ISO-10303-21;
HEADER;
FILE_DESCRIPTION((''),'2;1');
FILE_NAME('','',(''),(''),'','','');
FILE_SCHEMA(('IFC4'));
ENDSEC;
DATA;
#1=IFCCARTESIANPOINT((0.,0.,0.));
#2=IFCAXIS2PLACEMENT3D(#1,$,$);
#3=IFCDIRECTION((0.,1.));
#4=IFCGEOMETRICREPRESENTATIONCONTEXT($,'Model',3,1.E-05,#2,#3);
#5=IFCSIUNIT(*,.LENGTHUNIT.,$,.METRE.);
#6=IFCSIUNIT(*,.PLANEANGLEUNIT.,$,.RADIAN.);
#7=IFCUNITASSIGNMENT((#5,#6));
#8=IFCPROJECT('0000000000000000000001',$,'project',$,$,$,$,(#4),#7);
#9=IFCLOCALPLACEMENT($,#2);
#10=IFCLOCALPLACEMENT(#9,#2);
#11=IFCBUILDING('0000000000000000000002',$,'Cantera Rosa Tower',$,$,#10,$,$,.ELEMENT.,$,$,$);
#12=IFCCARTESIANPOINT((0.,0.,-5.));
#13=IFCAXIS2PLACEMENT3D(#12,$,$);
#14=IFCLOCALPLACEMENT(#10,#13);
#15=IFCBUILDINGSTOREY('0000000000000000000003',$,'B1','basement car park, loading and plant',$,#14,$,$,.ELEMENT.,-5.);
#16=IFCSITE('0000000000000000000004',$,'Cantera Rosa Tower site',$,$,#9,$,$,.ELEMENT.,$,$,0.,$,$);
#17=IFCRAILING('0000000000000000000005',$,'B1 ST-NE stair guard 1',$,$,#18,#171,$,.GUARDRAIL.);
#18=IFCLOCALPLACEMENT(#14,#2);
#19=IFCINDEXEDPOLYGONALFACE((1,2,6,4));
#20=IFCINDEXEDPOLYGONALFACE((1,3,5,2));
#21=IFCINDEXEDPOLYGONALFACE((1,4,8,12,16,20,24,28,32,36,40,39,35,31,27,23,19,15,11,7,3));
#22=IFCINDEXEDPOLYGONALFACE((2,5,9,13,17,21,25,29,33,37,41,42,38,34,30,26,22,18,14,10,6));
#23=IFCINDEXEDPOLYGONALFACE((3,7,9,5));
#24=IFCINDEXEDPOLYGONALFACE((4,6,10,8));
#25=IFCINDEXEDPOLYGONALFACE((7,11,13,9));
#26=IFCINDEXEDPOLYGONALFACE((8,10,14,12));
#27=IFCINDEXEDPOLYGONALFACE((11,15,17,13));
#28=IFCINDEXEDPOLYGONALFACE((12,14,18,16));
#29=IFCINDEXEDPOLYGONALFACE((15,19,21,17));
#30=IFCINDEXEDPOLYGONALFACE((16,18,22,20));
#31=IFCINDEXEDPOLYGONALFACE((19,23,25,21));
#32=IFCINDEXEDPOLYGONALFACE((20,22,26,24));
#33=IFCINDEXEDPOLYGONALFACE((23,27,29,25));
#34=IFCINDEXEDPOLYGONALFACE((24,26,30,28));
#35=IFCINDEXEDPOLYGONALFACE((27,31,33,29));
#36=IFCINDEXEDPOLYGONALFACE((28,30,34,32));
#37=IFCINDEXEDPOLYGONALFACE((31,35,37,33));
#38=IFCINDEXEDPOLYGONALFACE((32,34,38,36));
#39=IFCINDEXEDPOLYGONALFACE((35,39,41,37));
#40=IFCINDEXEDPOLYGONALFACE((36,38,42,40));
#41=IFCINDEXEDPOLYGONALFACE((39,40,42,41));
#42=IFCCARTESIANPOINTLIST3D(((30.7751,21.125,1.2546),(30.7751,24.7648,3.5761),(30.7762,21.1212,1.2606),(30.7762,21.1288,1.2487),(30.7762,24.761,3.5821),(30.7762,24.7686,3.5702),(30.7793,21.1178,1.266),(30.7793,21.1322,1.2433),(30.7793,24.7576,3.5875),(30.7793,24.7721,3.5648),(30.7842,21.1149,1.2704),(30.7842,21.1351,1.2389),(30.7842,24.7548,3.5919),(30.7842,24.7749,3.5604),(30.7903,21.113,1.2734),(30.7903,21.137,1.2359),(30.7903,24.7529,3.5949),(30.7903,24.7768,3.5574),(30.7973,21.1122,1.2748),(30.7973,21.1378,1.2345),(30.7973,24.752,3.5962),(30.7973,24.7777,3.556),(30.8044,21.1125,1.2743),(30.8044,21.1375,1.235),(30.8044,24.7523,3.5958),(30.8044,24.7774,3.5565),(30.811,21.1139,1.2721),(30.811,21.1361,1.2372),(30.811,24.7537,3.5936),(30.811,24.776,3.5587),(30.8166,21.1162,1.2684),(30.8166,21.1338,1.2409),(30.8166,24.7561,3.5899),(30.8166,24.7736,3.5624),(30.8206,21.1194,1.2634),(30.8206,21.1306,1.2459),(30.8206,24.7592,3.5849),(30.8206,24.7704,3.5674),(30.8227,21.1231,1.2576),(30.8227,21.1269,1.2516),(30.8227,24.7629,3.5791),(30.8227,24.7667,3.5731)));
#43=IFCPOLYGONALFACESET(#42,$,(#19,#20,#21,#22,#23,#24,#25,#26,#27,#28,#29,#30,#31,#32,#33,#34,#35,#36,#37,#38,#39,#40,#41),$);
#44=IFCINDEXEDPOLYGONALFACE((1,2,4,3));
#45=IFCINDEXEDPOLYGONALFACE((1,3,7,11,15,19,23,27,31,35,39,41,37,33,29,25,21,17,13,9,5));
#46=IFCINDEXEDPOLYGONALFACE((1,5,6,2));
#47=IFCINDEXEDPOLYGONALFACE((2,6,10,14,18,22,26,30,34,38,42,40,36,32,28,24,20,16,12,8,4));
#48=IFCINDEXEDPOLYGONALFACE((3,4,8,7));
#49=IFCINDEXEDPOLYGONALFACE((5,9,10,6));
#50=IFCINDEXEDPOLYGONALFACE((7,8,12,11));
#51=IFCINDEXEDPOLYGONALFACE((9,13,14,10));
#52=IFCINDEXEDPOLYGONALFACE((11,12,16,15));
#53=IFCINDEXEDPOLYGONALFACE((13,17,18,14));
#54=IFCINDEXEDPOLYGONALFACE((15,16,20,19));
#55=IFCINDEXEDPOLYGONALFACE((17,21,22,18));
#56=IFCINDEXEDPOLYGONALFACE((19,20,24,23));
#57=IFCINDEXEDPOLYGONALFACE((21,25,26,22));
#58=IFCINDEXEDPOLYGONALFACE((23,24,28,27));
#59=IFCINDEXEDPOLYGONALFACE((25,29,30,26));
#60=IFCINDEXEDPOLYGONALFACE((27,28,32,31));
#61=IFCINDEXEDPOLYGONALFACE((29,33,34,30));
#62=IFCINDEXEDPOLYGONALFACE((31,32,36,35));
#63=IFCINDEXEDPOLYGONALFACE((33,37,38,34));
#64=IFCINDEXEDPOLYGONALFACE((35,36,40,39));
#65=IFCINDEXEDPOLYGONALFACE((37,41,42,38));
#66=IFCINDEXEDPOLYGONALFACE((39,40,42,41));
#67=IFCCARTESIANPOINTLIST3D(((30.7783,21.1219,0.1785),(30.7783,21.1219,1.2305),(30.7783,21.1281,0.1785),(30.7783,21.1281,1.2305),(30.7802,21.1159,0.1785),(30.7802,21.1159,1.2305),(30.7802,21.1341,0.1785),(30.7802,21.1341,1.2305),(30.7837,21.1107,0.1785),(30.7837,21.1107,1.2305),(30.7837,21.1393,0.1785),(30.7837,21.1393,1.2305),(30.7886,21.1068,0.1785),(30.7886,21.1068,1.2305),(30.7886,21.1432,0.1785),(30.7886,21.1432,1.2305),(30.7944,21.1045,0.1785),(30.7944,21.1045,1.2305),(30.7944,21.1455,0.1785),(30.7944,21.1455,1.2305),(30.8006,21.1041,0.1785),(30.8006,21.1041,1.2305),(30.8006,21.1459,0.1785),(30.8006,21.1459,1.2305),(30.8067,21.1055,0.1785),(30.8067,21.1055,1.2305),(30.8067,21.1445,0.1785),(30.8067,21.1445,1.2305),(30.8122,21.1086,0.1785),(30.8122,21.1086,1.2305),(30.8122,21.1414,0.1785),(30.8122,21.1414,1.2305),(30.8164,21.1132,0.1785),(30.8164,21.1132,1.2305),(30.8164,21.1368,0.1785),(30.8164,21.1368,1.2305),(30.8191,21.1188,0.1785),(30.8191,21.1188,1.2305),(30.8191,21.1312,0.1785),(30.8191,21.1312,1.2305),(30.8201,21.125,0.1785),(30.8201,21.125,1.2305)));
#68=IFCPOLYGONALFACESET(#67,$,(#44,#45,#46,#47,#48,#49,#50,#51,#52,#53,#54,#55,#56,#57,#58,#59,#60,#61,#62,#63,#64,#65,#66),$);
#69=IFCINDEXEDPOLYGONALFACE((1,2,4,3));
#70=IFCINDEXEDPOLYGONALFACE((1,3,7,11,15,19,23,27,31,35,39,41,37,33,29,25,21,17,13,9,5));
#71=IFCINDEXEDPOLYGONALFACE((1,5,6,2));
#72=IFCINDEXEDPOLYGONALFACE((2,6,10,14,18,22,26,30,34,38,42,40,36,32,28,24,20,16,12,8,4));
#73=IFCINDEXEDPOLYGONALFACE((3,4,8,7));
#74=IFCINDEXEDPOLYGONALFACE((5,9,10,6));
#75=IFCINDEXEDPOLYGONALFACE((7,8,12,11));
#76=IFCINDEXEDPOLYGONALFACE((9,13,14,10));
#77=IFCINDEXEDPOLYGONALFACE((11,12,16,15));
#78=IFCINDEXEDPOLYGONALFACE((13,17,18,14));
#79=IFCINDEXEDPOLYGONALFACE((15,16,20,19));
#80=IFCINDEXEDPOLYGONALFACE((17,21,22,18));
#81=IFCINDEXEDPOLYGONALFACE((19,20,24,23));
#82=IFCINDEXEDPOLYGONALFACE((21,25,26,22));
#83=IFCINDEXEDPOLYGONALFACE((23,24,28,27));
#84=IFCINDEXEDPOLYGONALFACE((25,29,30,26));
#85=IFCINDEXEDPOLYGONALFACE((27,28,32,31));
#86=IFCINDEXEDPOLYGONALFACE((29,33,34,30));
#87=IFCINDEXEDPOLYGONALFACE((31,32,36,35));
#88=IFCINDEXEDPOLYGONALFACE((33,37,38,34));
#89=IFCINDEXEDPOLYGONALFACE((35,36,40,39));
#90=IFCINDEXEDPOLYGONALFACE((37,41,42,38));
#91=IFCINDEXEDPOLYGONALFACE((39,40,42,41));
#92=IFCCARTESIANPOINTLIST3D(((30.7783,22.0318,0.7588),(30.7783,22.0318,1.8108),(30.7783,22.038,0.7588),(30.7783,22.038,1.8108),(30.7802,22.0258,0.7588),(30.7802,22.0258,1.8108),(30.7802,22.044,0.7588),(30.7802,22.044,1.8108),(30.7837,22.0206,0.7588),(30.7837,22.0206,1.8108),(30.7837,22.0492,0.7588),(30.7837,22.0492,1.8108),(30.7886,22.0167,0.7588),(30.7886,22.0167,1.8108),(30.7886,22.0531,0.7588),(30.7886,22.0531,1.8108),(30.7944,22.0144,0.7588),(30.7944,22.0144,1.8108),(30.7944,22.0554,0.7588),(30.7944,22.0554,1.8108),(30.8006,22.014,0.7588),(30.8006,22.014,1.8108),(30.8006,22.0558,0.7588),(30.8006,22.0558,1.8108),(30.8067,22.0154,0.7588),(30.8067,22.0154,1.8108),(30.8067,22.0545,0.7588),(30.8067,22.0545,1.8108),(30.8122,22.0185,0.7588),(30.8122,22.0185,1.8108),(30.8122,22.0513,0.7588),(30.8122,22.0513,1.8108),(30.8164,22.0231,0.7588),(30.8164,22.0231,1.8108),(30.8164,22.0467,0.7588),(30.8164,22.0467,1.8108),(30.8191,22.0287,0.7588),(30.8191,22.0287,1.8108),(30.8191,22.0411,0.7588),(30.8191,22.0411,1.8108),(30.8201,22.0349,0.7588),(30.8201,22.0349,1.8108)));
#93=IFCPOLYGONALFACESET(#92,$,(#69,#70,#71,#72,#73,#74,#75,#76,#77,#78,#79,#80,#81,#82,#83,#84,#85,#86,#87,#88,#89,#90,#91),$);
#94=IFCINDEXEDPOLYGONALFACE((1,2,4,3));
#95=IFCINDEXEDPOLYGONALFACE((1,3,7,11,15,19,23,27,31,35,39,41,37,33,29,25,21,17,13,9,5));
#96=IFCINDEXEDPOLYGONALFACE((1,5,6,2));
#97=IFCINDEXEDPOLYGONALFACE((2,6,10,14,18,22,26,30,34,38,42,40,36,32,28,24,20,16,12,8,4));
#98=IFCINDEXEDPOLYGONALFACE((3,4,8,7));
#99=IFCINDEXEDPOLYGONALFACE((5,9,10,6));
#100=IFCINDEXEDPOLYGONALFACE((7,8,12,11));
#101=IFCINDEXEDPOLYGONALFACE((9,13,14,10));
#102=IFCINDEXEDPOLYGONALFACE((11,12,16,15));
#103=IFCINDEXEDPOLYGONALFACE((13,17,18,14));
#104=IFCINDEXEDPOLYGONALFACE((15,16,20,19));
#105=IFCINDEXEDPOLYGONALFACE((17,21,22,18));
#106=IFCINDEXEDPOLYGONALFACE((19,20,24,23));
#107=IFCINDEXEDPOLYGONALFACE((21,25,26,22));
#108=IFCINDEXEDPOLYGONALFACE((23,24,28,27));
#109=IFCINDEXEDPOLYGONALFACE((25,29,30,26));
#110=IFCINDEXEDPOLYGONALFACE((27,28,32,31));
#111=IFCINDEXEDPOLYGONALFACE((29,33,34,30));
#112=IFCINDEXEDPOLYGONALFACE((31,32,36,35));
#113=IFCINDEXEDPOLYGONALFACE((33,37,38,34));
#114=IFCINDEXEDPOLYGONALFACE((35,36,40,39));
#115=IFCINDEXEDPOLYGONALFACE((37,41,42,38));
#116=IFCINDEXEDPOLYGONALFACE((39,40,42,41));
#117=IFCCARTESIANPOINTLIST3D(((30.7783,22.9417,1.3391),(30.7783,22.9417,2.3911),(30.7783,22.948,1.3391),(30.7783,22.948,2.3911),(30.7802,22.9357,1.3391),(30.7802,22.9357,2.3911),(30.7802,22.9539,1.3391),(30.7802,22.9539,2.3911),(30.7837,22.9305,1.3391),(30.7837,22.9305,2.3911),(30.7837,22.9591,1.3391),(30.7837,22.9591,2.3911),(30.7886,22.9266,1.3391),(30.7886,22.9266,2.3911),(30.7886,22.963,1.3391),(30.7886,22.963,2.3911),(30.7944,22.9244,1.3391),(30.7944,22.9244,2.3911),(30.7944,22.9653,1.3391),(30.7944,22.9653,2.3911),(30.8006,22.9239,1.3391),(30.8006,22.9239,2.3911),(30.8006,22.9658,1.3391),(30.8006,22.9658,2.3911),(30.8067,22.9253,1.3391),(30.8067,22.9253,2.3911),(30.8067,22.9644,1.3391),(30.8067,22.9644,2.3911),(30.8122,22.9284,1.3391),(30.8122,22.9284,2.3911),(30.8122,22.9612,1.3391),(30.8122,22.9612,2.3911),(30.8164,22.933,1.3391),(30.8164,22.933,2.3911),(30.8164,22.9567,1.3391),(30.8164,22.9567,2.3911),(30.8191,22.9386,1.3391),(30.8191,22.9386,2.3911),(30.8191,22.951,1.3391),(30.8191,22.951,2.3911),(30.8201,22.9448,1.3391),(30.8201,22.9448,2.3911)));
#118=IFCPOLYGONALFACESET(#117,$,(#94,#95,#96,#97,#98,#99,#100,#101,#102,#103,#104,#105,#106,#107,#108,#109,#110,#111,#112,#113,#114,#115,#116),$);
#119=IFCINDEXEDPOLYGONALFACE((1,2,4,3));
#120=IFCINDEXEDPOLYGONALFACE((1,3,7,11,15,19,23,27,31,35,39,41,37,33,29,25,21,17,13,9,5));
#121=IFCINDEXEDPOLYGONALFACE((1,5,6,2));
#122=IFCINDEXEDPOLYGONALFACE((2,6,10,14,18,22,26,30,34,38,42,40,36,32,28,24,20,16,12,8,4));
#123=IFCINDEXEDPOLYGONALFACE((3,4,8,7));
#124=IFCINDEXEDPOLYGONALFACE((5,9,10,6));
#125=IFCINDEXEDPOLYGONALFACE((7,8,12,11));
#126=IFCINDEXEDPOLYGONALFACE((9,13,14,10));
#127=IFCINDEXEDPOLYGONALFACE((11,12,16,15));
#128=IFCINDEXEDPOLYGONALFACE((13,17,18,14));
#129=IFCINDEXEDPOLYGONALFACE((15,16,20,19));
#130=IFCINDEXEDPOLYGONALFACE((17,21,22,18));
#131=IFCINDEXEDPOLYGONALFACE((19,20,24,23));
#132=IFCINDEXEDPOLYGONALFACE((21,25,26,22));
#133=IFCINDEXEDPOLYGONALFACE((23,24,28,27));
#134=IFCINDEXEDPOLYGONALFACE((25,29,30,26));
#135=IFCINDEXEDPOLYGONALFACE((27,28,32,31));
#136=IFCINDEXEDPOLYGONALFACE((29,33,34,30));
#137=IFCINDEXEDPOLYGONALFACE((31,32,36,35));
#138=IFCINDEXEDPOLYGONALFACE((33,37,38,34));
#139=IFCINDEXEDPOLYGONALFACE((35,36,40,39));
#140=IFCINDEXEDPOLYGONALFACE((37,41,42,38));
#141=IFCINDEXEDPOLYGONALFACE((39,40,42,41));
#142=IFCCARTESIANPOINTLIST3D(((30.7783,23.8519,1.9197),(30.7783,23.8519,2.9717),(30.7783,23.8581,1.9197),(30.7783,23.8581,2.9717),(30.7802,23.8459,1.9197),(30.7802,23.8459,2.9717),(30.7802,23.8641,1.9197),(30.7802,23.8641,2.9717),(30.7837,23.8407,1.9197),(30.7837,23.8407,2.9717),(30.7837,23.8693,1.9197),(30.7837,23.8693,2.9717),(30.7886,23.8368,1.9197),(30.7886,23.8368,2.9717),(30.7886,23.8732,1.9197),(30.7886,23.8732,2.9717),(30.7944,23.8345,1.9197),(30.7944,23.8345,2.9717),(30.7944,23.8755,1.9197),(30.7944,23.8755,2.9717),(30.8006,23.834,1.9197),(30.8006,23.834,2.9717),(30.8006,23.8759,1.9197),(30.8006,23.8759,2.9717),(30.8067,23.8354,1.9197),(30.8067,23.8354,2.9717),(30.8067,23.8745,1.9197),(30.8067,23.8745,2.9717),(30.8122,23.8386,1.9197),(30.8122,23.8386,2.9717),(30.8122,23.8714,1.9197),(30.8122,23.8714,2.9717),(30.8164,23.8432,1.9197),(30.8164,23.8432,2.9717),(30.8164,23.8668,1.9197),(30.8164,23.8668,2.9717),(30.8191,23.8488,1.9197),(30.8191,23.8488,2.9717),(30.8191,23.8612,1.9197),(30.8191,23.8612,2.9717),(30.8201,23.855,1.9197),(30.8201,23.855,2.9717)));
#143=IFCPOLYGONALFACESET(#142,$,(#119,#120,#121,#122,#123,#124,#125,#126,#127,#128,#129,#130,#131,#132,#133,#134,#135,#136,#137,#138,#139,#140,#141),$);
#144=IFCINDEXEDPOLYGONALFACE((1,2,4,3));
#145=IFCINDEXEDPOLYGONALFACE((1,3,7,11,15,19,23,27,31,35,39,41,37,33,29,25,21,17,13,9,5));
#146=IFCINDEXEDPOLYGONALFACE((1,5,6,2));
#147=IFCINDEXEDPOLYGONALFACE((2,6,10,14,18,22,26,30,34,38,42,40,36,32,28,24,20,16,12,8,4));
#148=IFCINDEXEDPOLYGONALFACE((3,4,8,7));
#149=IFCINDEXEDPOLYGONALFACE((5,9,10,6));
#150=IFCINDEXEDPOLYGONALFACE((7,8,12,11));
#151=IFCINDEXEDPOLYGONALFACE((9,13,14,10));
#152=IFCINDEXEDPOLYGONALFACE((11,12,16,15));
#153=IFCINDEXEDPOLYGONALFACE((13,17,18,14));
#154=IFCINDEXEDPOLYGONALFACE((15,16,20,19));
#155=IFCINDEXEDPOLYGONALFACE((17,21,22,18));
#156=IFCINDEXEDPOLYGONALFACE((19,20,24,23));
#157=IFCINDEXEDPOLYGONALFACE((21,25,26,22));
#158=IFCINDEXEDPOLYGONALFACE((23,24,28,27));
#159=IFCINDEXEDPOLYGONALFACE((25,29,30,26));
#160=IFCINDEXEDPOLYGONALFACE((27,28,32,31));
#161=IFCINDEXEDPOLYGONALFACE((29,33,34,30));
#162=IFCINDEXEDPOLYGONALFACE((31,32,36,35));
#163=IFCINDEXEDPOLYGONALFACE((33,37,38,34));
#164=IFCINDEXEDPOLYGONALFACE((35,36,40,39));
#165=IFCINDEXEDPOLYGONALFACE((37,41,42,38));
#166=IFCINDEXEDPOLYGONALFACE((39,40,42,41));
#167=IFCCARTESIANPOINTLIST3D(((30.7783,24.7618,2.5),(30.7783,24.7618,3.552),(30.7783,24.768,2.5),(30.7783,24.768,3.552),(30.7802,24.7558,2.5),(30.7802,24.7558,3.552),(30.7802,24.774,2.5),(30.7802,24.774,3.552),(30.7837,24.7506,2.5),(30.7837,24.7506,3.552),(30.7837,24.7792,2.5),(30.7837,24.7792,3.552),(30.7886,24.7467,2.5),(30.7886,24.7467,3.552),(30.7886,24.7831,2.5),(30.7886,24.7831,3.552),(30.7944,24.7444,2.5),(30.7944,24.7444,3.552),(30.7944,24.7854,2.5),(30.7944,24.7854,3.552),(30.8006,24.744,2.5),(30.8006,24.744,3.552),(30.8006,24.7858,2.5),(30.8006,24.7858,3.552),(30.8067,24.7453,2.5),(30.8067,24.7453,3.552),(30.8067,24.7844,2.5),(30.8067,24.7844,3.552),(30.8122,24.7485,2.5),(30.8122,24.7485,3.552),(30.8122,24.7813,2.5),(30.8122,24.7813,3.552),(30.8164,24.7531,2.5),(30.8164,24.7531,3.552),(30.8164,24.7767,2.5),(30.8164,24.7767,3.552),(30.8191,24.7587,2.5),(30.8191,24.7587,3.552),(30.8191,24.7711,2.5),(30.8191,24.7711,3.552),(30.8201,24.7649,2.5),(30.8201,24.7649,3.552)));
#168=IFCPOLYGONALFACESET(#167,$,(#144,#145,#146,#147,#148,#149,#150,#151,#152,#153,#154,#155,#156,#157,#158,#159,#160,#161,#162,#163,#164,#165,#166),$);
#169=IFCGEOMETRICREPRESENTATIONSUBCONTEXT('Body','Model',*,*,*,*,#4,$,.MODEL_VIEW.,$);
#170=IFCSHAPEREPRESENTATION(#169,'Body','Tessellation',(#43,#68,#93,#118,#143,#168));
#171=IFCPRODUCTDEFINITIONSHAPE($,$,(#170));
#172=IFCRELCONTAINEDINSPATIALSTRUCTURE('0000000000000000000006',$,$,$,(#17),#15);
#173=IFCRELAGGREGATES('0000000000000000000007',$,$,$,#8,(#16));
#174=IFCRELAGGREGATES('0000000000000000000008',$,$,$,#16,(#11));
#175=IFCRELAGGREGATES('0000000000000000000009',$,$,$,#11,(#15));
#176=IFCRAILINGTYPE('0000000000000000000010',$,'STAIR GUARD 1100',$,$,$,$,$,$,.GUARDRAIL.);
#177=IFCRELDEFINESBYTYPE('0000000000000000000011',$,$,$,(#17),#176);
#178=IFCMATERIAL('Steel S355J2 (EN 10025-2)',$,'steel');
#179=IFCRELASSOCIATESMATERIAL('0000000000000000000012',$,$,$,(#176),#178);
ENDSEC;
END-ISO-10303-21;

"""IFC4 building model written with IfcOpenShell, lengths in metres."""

from ifc_helpers import new_model, si_unit, direction, frame, origin, origin_2d, place, context, subcontext, project, spatial, circle, extrude, material, type_object, element, save


model = new_model("IFC4")

# Units and contexts
model_context = context("Model", 3, precision=1e-05, world=origin(), true_north=direction((0.0, 1.0)))
body_context = subcontext(model_context, "Body", "Model", "MODEL_VIEW")
ifc_project = project(units=[si_unit("LENGTHUNIT", "METRE"), si_unit("PLANEANGLEUNIT", "RADIAN")], contexts=[model_context])

# Site, building, storey
site_placement = place(None, origin())
site = spatial("IfcSite", under=ifc_project, at=site_placement, Name="Cantera Rosa Tower site", CompositionType="ELEMENT", RefElevation=0.0)
building_placement = place(site_placement, origin())
building = spatial("IfcBuilding", under=site, at=building_placement, Name="Cantera Rosa Tower", CompositionType="ELEMENT")
storey_placement = place(building_placement, frame((0.0, 0.0, -5.0)))
storey = spatial("IfcBuildingStorey", under=building, at=storey_placement, Name="B1", Description="basement car park, loading and plant", CompositionType="ELEMENT", Elevation=-5.0)

# Railing
ifc_material_1 = material(Name="Steel S355J2 (EN 10025-2)", Category="steel")
railing_type = type_object("IfcRailingType", Name="STAIR GUARD 1100", PredefinedType="GUARDRAIL", material=ifc_material_1)
railing_1_placement = place(storey_placement, frame((30.7991, 21.125, 0.1785)))
element("IfcRailing", 1, at=railing_1_placement, inside=storey, type_object=railing_type, Name="B1 ST-NE stair guard 1", PredefinedType="GUARDRAIL", context=body_context, shape_type="SweptSolid", body=[
    extrude(circle(Radius=0.0239, at=origin_2d()), frame((0.0, 0.0, 1.0762), z_axis=(0.0, 0.843112, 0.537739), x_axis=(-1.0, 0.0, 0.0)), (0.0, 0.0, 1.0), 4.3171),
    extrude(circle(Radius=0.021, at=origin_2d()), origin(), (0.0, 0.0, 1.0), 1.052),
    extrude(circle(Radius=0.021, at=origin_2d()), frame((0.0, 0.9099, 0.5803)), (0.0, 0.0, 1.0), 1.052),
    extrude(circle(Radius=0.021, at=origin_2d()), frame((0.0, 1.8198, 1.1606)), (0.0, 0.0, 1.0), 1.052),
    extrude(circle(Radius=0.021, at=origin_2d()), frame((0.0, 2.73, 1.7412)), (0.0, 0.0, 1.0), 1.052),
    extrude(circle(Radius=0.021, at=origin_2d()), frame((0.0, 3.6399, 2.3215)), (0.0, 0.0, 1.0), 1.052),
])

save(model, "model.ifc")
